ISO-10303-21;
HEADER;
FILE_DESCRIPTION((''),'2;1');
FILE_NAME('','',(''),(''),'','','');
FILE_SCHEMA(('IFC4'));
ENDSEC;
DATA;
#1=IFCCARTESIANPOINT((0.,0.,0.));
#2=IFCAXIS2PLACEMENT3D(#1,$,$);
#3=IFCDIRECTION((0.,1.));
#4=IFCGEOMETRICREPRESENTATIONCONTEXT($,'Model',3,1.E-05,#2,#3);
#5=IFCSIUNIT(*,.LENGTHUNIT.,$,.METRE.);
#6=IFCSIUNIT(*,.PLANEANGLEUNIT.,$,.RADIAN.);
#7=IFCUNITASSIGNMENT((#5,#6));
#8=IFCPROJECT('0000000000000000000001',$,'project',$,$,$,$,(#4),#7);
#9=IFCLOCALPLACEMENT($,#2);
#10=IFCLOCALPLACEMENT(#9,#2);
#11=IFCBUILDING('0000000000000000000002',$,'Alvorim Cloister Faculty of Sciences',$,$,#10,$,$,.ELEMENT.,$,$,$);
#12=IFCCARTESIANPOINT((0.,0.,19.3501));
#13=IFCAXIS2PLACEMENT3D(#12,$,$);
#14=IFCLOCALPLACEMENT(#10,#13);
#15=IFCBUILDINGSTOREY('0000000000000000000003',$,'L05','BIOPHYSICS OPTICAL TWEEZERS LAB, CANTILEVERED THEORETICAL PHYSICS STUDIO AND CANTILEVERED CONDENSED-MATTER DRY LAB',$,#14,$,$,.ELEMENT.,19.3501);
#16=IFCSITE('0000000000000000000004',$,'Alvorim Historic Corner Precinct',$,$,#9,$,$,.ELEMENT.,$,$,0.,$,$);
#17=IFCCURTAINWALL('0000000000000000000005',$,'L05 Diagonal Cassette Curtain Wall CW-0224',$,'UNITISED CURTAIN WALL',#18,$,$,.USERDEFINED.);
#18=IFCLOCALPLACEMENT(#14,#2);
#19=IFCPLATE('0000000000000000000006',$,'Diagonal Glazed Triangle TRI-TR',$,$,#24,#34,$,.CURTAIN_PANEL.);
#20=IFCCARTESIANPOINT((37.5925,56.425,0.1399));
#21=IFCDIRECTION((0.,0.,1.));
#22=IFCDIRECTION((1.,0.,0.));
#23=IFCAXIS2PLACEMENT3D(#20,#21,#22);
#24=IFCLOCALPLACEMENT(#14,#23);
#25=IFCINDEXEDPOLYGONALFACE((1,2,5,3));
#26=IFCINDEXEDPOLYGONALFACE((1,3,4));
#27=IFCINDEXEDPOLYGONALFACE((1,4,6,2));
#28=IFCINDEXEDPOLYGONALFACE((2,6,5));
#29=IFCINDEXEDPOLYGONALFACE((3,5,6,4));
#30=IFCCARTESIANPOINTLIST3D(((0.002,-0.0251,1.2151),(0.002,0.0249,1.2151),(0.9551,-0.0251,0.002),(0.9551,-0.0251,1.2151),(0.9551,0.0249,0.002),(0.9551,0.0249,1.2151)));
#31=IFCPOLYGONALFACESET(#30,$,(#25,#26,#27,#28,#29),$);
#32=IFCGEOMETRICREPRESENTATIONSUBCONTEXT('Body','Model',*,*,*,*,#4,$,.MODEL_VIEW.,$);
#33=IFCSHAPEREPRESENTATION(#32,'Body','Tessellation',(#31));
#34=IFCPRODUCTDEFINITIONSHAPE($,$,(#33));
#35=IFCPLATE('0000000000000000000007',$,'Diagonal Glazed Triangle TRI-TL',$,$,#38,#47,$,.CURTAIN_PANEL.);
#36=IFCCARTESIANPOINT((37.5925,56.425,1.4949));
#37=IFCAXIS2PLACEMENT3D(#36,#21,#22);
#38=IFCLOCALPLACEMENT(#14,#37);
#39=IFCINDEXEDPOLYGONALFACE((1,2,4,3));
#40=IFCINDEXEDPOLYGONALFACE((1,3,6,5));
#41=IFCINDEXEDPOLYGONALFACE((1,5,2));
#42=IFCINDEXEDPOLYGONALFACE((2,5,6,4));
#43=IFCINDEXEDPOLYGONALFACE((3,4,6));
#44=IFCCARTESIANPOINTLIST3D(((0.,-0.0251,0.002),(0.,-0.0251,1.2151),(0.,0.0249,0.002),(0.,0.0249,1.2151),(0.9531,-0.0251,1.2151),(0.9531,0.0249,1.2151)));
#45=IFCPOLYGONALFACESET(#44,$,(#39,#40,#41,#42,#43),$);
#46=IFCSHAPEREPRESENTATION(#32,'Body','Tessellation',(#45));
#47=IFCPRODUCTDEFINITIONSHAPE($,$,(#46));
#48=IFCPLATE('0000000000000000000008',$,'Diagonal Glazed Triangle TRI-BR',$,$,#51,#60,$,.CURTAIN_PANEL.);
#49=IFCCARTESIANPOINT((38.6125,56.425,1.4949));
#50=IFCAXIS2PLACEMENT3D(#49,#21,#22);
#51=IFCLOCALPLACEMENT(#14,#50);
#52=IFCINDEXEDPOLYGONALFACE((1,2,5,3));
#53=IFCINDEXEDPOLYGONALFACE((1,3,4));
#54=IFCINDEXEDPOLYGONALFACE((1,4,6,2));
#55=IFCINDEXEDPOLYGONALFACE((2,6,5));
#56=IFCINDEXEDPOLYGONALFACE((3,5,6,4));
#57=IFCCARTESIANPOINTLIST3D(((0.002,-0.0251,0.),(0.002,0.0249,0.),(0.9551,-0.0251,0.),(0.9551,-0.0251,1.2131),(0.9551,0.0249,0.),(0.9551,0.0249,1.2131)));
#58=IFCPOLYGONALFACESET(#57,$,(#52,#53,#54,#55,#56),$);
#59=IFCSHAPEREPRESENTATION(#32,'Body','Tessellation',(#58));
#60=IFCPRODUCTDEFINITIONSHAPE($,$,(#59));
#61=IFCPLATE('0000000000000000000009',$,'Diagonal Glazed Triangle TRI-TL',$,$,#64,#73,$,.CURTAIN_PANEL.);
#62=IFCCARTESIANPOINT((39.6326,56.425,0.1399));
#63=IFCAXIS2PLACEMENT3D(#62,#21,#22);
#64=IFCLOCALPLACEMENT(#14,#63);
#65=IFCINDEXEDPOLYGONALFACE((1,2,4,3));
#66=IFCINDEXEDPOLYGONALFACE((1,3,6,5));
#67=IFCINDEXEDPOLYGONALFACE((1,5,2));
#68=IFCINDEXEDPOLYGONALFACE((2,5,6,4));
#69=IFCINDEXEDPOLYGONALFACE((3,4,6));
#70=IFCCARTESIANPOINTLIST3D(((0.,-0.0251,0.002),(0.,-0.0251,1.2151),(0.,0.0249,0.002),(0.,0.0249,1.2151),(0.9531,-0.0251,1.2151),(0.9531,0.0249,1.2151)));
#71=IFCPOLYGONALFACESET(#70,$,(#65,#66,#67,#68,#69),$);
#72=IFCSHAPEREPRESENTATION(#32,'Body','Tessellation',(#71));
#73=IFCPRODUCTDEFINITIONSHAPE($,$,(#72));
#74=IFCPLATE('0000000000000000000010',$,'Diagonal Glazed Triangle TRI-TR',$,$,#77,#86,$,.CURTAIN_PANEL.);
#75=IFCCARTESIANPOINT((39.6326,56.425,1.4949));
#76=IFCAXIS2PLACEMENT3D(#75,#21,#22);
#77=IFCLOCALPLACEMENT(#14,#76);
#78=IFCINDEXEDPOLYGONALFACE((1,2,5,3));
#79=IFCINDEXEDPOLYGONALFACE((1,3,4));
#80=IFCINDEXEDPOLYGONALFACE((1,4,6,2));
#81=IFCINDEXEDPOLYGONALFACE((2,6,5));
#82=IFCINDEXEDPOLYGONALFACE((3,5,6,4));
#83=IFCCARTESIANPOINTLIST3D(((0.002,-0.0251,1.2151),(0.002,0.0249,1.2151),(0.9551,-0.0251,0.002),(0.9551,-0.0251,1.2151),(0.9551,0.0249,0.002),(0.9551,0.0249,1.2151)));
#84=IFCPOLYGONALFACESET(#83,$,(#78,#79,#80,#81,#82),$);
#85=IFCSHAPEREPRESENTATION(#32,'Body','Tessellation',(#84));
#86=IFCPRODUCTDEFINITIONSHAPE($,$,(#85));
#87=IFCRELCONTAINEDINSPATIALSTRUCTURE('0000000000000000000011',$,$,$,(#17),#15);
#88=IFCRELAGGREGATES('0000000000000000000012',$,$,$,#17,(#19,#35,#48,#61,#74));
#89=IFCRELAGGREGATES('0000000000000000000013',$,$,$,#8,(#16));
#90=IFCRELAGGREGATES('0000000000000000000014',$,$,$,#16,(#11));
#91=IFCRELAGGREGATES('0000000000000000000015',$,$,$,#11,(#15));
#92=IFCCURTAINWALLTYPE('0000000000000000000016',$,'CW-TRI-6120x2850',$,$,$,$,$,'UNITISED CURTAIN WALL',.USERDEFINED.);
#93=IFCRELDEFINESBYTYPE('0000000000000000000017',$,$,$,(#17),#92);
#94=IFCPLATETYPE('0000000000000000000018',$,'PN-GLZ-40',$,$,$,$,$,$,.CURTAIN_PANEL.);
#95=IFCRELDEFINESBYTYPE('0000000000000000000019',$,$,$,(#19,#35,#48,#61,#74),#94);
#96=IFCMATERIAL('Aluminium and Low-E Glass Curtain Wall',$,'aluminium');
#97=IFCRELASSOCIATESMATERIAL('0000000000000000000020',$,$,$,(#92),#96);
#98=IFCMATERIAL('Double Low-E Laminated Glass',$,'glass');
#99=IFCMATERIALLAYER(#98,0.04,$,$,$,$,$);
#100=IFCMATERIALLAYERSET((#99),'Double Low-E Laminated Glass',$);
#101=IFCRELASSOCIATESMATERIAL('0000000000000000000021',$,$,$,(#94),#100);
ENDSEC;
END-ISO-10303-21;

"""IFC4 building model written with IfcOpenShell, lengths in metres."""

from ifc_helpers import new_model, si_unit, direction, frame, origin, place, context, subcontext, project, spatial, polyline, outline, extrude, material, layer, layer_set, type_object, element, aggregate, save


model = new_model("IFC4")

# Units and contexts
model_context = context("Model", 3, precision=1e-05, world=origin(), true_north=direction((0.0, 1.0)))
body_context = subcontext(model_context, "Body", "Model", "MODEL_VIEW")
ifc_project = project(units=[si_unit("LENGTHUNIT", "METRE"), si_unit("PLANEANGLEUNIT", "RADIAN")], contexts=[model_context])

# Site, building, storey
site_placement = place(None, origin())
site = spatial("IfcSite", under=ifc_project, at=site_placement, Name="Alvorim Historic Corner Precinct", CompositionType="ELEMENT", RefElevation=0.0)
building_placement = place(site_placement, origin())
building = spatial("IfcBuilding", under=site, at=building_placement, Name="Alvorim Cloister Faculty of Sciences", CompositionType="ELEMENT")
storey_placement = place(building_placement, frame((0.0, 0.0, 19.3501)))
storey = spatial("IfcBuildingStorey", under=building, at=storey_placement, Name="L05", Description="BIOPHYSICS OPTICAL TWEEZERS LAB, CANTILEVERED THEORETICAL PHYSICS STUDIO AND CANTILEVERED CONDENSED-MATTER DRY LAB", CompositionType="ELEMENT", Elevation=19.3501)

# Curtain wall, plates
ifc_material_1 = material(Name="Aluminium and Low-E Glass Curtain Wall", Category="aluminium")
curtain_wall_type = type_object("IfcCurtainWallType", Name="CW-TRI-6120x2850", ElementType="UNITISED CURTAIN WALL", PredefinedType="USERDEFINED", material=ifc_material_1)
curtain_wall_placement = place(storey_placement, origin())
curtain_wall = element("IfcCurtainWall", 1, at=curtain_wall_placement, inside=storey, type_object=curtain_wall_type, Name="L05 Diagonal Cassette Curtain Wall CW-0224", ObjectType="UNITISED CURTAIN WALL", PredefinedType="USERDEFINED")
ifc_material_2 = material(Name="Double Low-E Laminated Glass", Category="glass")
ifc_layer_1 = layer(ifc_material_2, 0.04)
ifc_layer_set_1 = layer_set([ifc_layer_1], Name="Double Low-E Laminated Glass")
plate_type = type_object("IfcPlateType", Name="PN-GLZ-40", PredefinedType="CURTAIN_PANEL", material=ifc_layer_set_1)
plate_1_placement = place(storey_placement, frame((37.5925, 56.425, 0.1399), z_axis=(0.0, 0.0, 1.0), x_axis=(1.0, 0.0, 0.0)))
plate_1 = element("IfcPlate", 2, at=plate_1_placement, type_object=plate_type, Name="Diagonal Glazed Triangle TRI-TR", PredefinedType="CURTAIN_PANEL", context=body_context, shape_type="SweptSolid", body=[
    extrude(outline(polyline([(0.9551, 0.002), (0.9551, 1.2151), (0.002, 1.2151), (0.9551, 0.002)])), frame((0.0, 0.0249, 0.0), z_axis=(0.0, -1.0, 0.0), x_axis=(1.0, 0.0, 0.0)), (0.0, 0.0, 1.0), 0.05),
])
plate_2_placement = place(storey_placement, frame((37.5925, 56.425, 1.4949), z_axis=(0.0, 0.0, 1.0), x_axis=(1.0, 0.0, 0.0)))
plate_2 = element("IfcPlate", 3, at=plate_2_placement, type_object=plate_type, Name="Diagonal Glazed Triangle TRI-TL", PredefinedType="CURTAIN_PANEL", context=body_context, shape_type="SweptSolid", body=[
    extrude(outline(polyline([(0.9531, 1.2151), (0.0, 1.2151), (0.0, 0.002), (0.9531, 1.2151)])), frame((0.0, 0.0249, 0.0), z_axis=(0.0, -1.0, 0.0), x_axis=(1.0, 0.0, 0.0)), (0.0, 0.0, 1.0), 0.05),
])
plate_3_placement = place(storey_placement, frame((38.6125, 56.425, 1.4949), z_axis=(0.0, 0.0, 1.0), x_axis=(1.0, 0.0, 0.0)))
plate_3 = element("IfcPlate", 4, at=plate_3_placement, type_object=plate_type, Name="Diagonal Glazed Triangle TRI-BR", PredefinedType="CURTAIN_PANEL", context=body_context, shape_type="SweptSolid", body=[
    extrude(outline(polyline([(0.002, 0.0), (0.9551, 0.0), (0.9551, 1.2131), (0.002, 0.0)])), frame((0.0, 0.0249, 0.0), z_axis=(0.0, -1.0, 0.0), x_axis=(1.0, 0.0, 0.0)), (0.0, 0.0, 1.0), 0.05),
])
plate_4_placement = place(storey_placement, frame((39.6326, 56.425, 0.1399), z_axis=(0.0, 0.0, 1.0), x_axis=(1.0, 0.0, 0.0)))
plate_4 = element("IfcPlate", 5, at=plate_4_placement, type_object=plate_type, Name="Diagonal Glazed Triangle TRI-TL", PredefinedType="CURTAIN_PANEL", context=body_context, shape_type="SweptSolid", body=[
    extrude(outline(polyline([(0.9531, 1.2151), (0.0, 1.2151), (0.0, 0.002), (0.9531, 1.2151)])), frame((0.0, 0.0249, 0.0), z_axis=(0.0, -1.0, 0.0), x_axis=(1.0, 0.0, 0.0)), (0.0, 0.0, 1.0), 0.05),
])
plate_5_placement = place(storey_placement, frame((39.6326, 56.425, 1.4949), z_axis=(0.0, 0.0, 1.0), x_axis=(1.0, 0.0, 0.0)))
plate_5 = element("IfcPlate", 6, at=plate_5_placement, type_object=plate_type, Name="Diagonal Glazed Triangle TRI-TR", PredefinedType="CURTAIN_PANEL", context=body_context, shape_type="SweptSolid", body=[
    extrude(outline(polyline([(0.9551, 0.002), (0.9551, 1.2151), (0.002, 1.2151), (0.9551, 0.002)])), frame((0.0, 0.0249, 0.0), z_axis=(0.0, -1.0, 0.0), x_axis=(1.0, 0.0, 0.0)), (0.0, 0.0, 1.0), 0.05),
])
aggregate(curtain_wall, [plate_1, plate_2, plate_3, plate_4, plate_5])

save(model, "model.ifc")
